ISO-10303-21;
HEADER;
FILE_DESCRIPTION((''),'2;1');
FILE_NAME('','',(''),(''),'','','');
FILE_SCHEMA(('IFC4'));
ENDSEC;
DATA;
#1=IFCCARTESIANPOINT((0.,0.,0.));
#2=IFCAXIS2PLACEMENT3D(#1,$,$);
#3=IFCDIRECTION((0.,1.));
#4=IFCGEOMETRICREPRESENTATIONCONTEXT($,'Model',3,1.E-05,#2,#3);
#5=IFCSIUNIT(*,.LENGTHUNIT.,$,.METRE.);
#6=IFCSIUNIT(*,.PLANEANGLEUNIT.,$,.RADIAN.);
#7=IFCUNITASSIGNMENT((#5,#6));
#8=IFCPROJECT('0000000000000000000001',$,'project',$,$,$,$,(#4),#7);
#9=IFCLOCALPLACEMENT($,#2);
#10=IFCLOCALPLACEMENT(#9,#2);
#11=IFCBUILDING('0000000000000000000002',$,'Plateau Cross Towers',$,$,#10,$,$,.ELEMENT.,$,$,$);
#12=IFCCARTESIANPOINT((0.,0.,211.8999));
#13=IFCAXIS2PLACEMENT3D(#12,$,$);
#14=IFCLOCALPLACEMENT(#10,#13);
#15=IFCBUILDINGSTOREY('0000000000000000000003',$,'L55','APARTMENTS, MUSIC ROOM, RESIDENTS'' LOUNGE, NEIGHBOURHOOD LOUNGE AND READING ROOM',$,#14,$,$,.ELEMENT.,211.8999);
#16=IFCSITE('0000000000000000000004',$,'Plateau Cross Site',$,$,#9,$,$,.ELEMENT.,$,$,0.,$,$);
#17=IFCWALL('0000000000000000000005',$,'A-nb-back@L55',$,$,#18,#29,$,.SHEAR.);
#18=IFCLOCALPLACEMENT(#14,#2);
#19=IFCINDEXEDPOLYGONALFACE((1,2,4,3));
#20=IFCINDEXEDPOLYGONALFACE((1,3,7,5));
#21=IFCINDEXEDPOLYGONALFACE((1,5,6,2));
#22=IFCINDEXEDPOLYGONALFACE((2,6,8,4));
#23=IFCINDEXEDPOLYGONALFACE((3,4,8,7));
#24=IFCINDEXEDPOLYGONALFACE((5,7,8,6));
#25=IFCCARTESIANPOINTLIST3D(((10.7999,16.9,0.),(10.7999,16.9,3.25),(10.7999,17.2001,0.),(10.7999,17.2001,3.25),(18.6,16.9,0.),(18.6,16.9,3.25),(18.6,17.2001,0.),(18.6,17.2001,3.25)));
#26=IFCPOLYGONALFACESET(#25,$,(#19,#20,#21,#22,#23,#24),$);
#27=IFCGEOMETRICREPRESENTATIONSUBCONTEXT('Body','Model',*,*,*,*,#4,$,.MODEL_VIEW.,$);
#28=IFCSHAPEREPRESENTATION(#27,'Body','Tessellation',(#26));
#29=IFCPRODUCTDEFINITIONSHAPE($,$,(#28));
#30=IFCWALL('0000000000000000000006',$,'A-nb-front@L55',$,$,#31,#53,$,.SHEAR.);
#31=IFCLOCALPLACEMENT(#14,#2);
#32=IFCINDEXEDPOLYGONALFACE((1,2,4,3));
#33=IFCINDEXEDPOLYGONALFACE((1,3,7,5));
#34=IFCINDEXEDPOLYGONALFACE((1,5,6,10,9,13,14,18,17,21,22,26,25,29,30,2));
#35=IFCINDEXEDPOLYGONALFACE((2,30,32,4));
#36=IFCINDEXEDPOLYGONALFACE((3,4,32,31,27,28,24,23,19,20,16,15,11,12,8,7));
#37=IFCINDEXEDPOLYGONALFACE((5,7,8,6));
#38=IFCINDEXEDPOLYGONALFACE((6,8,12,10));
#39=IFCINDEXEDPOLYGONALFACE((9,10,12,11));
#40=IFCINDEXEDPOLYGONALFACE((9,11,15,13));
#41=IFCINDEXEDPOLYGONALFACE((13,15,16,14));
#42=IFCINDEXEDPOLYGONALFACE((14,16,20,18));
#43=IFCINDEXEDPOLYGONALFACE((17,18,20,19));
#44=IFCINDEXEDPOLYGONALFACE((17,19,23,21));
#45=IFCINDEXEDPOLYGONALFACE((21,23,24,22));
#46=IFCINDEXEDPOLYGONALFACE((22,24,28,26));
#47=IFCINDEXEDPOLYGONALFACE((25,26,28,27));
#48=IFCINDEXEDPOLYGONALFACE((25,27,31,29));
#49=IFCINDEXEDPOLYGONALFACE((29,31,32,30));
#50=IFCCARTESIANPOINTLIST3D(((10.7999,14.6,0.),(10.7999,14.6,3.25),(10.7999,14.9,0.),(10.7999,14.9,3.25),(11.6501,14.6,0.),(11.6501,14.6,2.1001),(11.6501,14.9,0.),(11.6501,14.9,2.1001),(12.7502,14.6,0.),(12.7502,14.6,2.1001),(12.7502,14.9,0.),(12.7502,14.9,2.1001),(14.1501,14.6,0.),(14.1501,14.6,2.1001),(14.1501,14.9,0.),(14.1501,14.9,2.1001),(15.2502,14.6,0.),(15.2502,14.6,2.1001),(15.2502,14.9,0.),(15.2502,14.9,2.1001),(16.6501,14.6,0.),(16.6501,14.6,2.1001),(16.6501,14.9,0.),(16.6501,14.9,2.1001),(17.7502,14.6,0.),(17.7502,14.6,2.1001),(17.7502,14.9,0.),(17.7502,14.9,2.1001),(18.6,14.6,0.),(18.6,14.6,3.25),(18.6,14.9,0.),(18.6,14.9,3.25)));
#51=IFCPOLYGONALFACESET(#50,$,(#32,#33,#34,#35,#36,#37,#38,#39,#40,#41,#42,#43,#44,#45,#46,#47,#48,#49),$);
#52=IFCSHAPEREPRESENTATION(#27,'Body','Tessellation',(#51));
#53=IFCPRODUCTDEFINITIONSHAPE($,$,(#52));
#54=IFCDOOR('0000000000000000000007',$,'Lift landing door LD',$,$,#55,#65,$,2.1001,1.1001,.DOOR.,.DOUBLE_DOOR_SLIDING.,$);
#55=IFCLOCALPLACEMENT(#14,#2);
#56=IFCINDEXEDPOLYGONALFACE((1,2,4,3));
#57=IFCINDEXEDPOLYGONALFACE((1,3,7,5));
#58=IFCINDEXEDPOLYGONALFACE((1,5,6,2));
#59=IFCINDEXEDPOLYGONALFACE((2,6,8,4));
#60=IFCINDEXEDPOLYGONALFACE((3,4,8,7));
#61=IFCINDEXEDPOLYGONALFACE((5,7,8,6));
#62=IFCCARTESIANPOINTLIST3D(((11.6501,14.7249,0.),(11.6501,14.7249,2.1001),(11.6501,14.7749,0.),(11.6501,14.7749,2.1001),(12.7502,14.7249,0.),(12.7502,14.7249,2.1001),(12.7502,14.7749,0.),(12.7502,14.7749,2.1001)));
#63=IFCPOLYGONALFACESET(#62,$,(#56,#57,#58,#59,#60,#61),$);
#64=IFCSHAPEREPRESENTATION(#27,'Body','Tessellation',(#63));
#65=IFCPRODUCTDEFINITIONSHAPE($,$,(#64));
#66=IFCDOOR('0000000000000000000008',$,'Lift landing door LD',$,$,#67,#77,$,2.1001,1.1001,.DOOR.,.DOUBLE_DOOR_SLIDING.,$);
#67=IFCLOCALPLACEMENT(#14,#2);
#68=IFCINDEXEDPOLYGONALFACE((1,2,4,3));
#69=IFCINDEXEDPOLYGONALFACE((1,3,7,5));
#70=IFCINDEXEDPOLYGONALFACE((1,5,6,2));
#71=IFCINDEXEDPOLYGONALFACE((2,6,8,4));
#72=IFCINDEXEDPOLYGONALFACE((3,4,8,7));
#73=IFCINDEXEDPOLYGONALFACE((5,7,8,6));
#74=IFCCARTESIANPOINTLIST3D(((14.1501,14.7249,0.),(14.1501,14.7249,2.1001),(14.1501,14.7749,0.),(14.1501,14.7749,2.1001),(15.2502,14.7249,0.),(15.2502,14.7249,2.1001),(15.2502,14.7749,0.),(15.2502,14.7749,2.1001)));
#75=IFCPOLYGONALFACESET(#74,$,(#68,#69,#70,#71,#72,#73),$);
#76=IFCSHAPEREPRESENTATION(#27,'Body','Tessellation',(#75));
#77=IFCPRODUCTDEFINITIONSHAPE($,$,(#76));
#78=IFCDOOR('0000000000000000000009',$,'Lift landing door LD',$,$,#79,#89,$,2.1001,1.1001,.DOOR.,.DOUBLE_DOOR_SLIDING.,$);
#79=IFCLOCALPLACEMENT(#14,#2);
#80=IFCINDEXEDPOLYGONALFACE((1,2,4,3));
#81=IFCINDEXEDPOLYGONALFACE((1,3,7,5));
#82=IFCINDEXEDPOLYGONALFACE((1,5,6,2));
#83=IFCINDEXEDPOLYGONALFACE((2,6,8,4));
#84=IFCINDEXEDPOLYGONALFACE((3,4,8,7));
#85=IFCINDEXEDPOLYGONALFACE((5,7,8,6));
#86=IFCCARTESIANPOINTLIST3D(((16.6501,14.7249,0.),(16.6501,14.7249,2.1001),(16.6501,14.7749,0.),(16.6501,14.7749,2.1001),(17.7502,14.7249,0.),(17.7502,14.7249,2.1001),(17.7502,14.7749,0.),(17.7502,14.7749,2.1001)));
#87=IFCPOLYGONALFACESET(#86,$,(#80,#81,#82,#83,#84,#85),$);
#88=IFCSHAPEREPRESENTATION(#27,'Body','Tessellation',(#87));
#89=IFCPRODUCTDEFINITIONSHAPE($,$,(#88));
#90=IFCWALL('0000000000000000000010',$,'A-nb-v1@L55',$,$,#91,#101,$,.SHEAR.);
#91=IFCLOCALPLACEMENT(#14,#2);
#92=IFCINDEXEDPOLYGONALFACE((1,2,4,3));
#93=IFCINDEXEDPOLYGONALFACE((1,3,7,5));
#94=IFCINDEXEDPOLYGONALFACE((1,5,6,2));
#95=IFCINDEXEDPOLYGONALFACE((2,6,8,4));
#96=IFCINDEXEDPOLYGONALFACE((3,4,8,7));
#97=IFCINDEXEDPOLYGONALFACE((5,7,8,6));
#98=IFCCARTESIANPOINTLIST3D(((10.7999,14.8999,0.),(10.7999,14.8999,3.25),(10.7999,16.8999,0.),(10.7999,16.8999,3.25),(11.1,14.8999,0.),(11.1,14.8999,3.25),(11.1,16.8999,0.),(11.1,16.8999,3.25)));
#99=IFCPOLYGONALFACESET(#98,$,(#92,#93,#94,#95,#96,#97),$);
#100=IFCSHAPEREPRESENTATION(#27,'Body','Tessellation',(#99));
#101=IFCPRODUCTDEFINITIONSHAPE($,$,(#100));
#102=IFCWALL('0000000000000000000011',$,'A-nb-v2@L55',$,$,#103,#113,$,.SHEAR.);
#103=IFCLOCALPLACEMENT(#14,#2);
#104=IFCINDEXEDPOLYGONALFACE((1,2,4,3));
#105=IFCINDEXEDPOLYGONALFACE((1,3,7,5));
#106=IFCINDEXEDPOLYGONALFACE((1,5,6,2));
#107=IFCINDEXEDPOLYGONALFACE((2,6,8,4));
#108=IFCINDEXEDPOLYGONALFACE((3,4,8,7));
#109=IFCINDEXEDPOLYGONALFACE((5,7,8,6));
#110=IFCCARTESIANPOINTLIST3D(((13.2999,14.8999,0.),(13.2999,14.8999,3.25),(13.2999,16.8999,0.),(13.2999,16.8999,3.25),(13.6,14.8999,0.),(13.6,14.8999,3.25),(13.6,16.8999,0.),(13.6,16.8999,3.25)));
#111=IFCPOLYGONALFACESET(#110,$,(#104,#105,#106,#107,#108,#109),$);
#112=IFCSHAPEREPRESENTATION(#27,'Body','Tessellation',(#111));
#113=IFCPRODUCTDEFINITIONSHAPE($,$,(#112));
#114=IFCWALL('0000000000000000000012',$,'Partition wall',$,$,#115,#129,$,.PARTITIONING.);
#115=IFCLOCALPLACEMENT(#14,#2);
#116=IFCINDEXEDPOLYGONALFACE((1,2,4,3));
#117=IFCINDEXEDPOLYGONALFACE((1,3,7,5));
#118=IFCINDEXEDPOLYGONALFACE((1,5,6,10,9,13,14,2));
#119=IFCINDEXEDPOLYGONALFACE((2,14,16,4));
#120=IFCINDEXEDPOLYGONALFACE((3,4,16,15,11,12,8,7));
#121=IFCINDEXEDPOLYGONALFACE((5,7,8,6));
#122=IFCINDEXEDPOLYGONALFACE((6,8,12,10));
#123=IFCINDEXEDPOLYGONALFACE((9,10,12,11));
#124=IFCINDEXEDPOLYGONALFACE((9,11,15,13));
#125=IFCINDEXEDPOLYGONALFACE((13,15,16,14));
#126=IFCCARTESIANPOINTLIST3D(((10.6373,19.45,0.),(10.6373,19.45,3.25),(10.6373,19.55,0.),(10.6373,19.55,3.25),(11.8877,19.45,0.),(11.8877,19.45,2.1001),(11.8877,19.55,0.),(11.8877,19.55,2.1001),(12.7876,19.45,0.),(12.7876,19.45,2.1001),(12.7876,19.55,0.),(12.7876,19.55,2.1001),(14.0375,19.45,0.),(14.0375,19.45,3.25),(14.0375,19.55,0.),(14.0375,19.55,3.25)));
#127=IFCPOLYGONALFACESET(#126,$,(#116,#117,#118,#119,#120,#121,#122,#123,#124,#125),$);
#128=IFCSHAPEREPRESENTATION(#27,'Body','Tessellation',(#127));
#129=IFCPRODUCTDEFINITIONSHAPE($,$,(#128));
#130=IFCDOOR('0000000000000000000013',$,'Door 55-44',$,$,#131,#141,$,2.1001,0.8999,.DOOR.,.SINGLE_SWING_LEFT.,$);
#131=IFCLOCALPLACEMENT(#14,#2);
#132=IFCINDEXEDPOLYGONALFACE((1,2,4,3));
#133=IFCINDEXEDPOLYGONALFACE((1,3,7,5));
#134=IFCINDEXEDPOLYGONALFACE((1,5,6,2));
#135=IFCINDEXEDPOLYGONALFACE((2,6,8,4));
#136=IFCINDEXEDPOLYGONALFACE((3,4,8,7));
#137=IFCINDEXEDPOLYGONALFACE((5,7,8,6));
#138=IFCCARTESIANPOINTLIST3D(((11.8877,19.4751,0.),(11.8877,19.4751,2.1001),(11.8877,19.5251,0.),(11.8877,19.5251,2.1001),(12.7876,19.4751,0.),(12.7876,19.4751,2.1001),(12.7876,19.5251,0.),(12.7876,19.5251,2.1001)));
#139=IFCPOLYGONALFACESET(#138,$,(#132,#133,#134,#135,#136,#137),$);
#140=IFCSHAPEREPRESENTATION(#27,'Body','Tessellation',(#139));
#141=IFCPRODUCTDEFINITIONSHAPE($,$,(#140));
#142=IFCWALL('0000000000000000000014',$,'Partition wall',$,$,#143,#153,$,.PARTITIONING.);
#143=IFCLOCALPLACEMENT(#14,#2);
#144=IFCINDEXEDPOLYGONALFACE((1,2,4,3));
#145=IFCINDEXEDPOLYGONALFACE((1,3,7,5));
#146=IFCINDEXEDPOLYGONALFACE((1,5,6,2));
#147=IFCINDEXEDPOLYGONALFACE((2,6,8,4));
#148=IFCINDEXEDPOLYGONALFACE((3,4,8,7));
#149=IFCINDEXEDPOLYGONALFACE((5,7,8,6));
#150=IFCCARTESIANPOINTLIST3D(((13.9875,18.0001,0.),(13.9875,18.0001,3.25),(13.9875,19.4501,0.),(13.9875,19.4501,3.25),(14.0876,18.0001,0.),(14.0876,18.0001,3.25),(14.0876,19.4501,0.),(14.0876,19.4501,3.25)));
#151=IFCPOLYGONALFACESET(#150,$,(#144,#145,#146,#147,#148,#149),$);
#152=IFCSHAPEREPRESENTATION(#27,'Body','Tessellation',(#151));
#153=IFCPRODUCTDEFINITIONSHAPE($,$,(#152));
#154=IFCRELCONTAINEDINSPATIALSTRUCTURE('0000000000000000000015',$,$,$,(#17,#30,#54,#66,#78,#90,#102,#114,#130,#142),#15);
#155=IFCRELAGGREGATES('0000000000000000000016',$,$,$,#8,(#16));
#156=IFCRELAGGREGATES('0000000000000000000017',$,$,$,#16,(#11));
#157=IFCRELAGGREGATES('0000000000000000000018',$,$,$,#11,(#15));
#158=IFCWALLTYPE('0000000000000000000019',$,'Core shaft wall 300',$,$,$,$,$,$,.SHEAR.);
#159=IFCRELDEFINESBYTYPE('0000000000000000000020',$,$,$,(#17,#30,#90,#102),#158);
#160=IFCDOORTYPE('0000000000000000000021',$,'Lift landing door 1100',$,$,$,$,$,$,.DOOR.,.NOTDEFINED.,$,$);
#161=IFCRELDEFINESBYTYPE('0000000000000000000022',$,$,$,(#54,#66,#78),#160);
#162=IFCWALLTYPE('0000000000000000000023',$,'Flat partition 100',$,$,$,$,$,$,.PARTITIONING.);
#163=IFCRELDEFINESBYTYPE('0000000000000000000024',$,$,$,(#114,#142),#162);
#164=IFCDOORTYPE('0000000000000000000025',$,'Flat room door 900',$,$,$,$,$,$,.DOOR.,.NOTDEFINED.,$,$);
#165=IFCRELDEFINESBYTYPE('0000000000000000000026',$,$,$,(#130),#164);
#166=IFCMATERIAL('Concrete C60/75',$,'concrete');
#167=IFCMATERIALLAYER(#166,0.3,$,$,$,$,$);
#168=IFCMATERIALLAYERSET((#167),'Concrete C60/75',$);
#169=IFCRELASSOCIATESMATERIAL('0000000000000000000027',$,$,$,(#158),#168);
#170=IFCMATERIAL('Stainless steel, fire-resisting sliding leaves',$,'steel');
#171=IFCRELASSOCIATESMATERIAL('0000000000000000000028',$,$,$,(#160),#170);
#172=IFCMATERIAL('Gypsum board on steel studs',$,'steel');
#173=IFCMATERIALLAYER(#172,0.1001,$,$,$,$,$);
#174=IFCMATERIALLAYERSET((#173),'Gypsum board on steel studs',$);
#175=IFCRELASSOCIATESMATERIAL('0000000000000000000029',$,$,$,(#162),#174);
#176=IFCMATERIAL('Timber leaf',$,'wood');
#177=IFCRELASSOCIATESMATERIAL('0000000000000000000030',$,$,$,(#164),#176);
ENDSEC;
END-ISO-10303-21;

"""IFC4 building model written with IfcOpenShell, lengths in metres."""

from ifc_helpers import new_model, si_unit, direction, frame, frame_2d, origin, place, context, subcontext, project, spatial, rectangle, extrude, material, layer, layer_set, type_object, element, fill, save


model = new_model("IFC4")

# Units and contexts
model_context = context("Model", 3, precision=1e-05, world=origin(), true_north=direction((0.0, 1.0)))
body_context = subcontext(model_context, "Body", "Model", "MODEL_VIEW")
ifc_project = project(units=[si_unit("LENGTHUNIT", "METRE"), si_unit("PLANEANGLEUNIT", "RADIAN")], contexts=[model_context])

# Site, building, storey
site_placement = place(None, origin())
site = spatial("IfcSite", under=ifc_project, at=site_placement, Name="Plateau Cross Site", CompositionType="ELEMENT", RefElevation=0.0)
building_placement = place(site_placement, origin())
building = spatial("IfcBuilding", under=site, at=building_placement, Name="Plateau Cross Towers", CompositionType="ELEMENT")
storey_placement = place(building_placement, frame((0.0, 0.0, 211.8999)))
storey = spatial("IfcBuildingStorey", under=building, at=storey_placement, Name="L55", Description="APARTMENTS, MUSIC ROOM, RESIDENTS' LOUNGE, NEIGHBOURHOOD LOUNGE AND READING ROOM", CompositionType="ELEMENT", Elevation=211.8999)

# Wall
ifc_material_1 = material(Name="Concrete C60/75", Category="concrete")
ifc_layer_1 = layer(ifc_material_1, 0.3)
ifc_layer_set_1 = layer_set([ifc_layer_1], Name="Concrete C60/75")
wall_type_1 = type_object("IfcWallType", Name="Core shaft wall 300", PredefinedType="SHEAR", material=ifc_layer_set_1)
wall_1_placement = place(storey_placement, frame((10.8, 17.05, 0.0), z_axis=(0.0, 0.0, 1.0), x_axis=(1.0, 0.0, 0.0)))
element("IfcWall", 1, at=wall_1_placement, inside=storey, type_object=wall_type_1, Name="A-nb-back@L55", PredefinedType="SHEAR", context=body_context, shape_type="SweptSolid", body=[
    extrude(rectangle(XDim=7.8, YDim=0.3, at=frame_2d((3.8999, 0.0))), origin(), (0.0, 0.0, 1.0), 3.25),
])

# Wall, openings, doors
wall_2_placement = place(storey_placement, frame((10.8, 14.75, 0.0), z_axis=(0.0, 0.0, 1.0), x_axis=(1.0, 0.0, 0.0)))
wall_2 = element("IfcWall", 2, at=wall_2_placement, inside=storey, type_object=wall_type_1, Name="A-nb-front@L55", PredefinedType="SHEAR", context=body_context, shape_type="SweptSolid", body=[
    extrude(rectangle(XDim=7.8, YDim=0.3, at=frame_2d((3.8999, 0.0))), origin(), (0.0, 0.0, 1.0), 3.25),
])
opening_1_placement = place(wall_2_placement, frame((0.8501, 0.0, 0.0)))
opening_1 = element("IfcOpeningElement", 3, at=opening_1_placement, cuts=wall_2, PredefinedType="OPENING", context=body_context, shape_type="SweptSolid", body=[
    extrude(rectangle(XDim=1.1001, YDim=2.1001, at=frame_2d((0.55, 1.05))), frame((0.0, 0.1599, 0.0), z_axis=(0.0, -1.0, 0.0), x_axis=(1.0, 0.0, 0.0)), (0.0, 0.0, 1.0), 0.3201),
])
opening_2_placement = place(wall_2_placement, frame((3.3501, 0.0, 0.0)))
opening_2 = element("IfcOpeningElement", 4, at=opening_2_placement, cuts=wall_2, PredefinedType="OPENING", context=body_context, shape_type="SweptSolid", body=[
    extrude(rectangle(XDim=1.1001, YDim=2.1001, at=frame_2d((0.55, 1.05))), frame((0.0, 0.1599, 0.0), z_axis=(0.0, -1.0, 0.0), x_axis=(1.0, 0.0, 0.0)), (0.0, 0.0, 1.0), 0.3201),
])
opening_3_placement = place(wall_2_placement, frame((5.8501, 0.0, 0.0)))
opening_3 = element("IfcOpeningElement", 5, at=opening_3_placement, cuts=wall_2, PredefinedType="OPENING", context=body_context, shape_type="SweptSolid", body=[
    extrude(rectangle(XDim=1.1001, YDim=2.1001, at=frame_2d((0.55, 1.05))), frame((0.0, 0.1599, 0.0), z_axis=(0.0, -1.0, 0.0), x_axis=(1.0, 0.0, 0.0)), (0.0, 0.0, 1.0), 0.3201),
])
ifc_material_2 = material(Name="Stainless steel, fire-resisting sliding leaves", Category="steel")
door_type_1 = type_object("IfcDoorType", Name="Lift landing door 1100", OperationType="NOTDEFINED", PredefinedType="DOOR", material=ifc_material_2)
door_1_placement = place(opening_1_placement, origin())
door_1 = element("IfcDoor", 6, at=door_1_placement, inside=storey, type_object=door_type_1, Name="Lift landing door LD", OperationType="DOUBLE_DOOR_SLIDING", OverallHeight=2.1001, OverallWidth=1.1001, PredefinedType="DOOR", context=body_context, shape_type="SweptSolid", body=[
    extrude(rectangle(XDim=1.1001, YDim=2.1001, at=frame_2d((0.55, 1.05))), frame((0.0, 0.0249, 0.0), z_axis=(0.0, -1.0, 0.0), x_axis=(1.0, 0.0, 0.0)), (0.0, 0.0, 1.0), 0.05),
])
fill(opening_1, door_1)
door_2_placement = place(opening_2_placement, origin())
door_2 = element("IfcDoor", 7, at=door_2_placement, inside=storey, type_object=door_type_1, Name="Lift landing door LD", OperationType="DOUBLE_DOOR_SLIDING", OverallHeight=2.1001, OverallWidth=1.1001, PredefinedType="DOOR", context=body_context, shape_type="SweptSolid", body=[
    extrude(rectangle(XDim=1.1001, YDim=2.1001, at=frame_2d((0.55, 1.05))), frame((0.0, 0.0249, 0.0), z_axis=(0.0, -1.0, 0.0), x_axis=(1.0, 0.0, 0.0)), (0.0, 0.0, 1.0), 0.05),
])
fill(opening_2, door_2)
door_3_placement = place(opening_3_placement, origin())
door_3 = element("IfcDoor", 8, at=door_3_placement, inside=storey, type_object=door_type_1, Name="Lift landing door LD", OperationType="DOUBLE_DOOR_SLIDING", OverallHeight=2.1001, OverallWidth=1.1001, PredefinedType="DOOR", context=body_context, shape_type="SweptSolid", body=[
    extrude(rectangle(XDim=1.1001, YDim=2.1001, at=frame_2d((0.55, 1.05))), frame((0.0, 0.0249, 0.0), z_axis=(0.0, -1.0, 0.0), x_axis=(1.0, 0.0, 0.0)), (0.0, 0.0, 1.0), 0.05),
])
fill(opening_3, door_3)

# Walls
for number, where, z_axis, x_axis, name in (
    (9, (10.95, 14.8999, 0.0), (0.0, 0.0, 1.0), (0.0, 1.0, 0.0), "A-nb-v1@L55"),
    (10, (13.45, 14.8999, 0.0), (0.0, 0.0, 1.0), (0.0, 1.0, 0.0), "A-nb-v2@L55"),
):
    element("IfcWall", number, at=place(storey_placement, frame(where, z_axis=z_axis, x_axis=x_axis)), inside=storey, type_object=wall_type_1, Name=name, PredefinedType="SHEAR", context=body_context, shape_type="SweptSolid", body=[
        extrude(rectangle(XDim=2.0, YDim=0.3, at=frame_2d((1.0, 0.0))), origin(), (0.0, 0.0, 1.0), 3.25),
    ])

# Wall, opening, door
ifc_material_3 = material(Name="Gypsum board on steel studs", Category="steel")
ifc_layer_2 = layer(ifc_material_3, 0.1001)
ifc_layer_set_2 = layer_set([ifc_layer_2], Name="Gypsum board on steel studs")
wall_type_2 = type_object("IfcWallType", Name="Flat partition 100", PredefinedType="PARTITIONING", material=ifc_layer_set_2)
wall_3_placement = place(storey_placement, frame((14.0376, 19.5, 0.0), z_axis=(0.0, 0.0, 1.0), x_axis=(-1.0, 0.0, 0.0)))
wall_3 = element("IfcWall", 11, at=wall_3_placement, inside=storey, type_object=wall_type_2, Name="Partition wall", PredefinedType="PARTITIONING", context=body_context, shape_type="SweptSolid", body=[
    extrude(rectangle(XDim=3.4001, YDim=0.1001, at=frame_2d((1.7002, 0.0))), origin(), (0.0, 0.0, 1.0), 3.25),
])
opening_4_placement = place(wall_3_placement, frame((1.25, 0.0, 0.0)))
opening_4 = element("IfcOpeningElement", 12, at=opening_4_placement, cuts=wall_3, PredefinedType="OPENING", context=body_context, shape_type="SweptSolid", body=[
    extrude(rectangle(XDim=0.8999, YDim=2.1001, at=frame_2d((0.45, 1.05))), frame((0.0, 0.0601, 0.0), z_axis=(0.0, -1.0, 0.0), x_axis=(1.0, 0.0, 0.0)), (0.0, 0.0, 1.0), 0.1201),
])
ifc_material_4 = material(Name="Timber leaf", Category="wood")
door_type_2 = type_object("IfcDoorType", Name="Flat room door 900", OperationType="NOTDEFINED", PredefinedType="DOOR", material=ifc_material_4)
door_4_placement = place(opening_4_placement, origin())
door_4 = element("IfcDoor", 13, at=door_4_placement, inside=storey, type_object=door_type_2, Name="Door 55-44", OperationType="SINGLE_SWING_LEFT", OverallHeight=2.1001, OverallWidth=0.8999, PredefinedType="DOOR", context=body_context, shape_type="SweptSolid", body=[
    extrude(rectangle(XDim=0.8999, YDim=2.1001, at=frame_2d((0.45, 1.05))), frame((0.0, 0.0249, 0.0), z_axis=(0.0, -1.0, 0.0), x_axis=(1.0, 0.0, 0.0)), (0.0, 0.0, 1.0), 0.05),
])
fill(opening_4, door_4)

# Wall
wall_4_placement = place(storey_placement, frame((14.0376, 18.0, 0.0), z_axis=(0.0, 0.0, 1.0), x_axis=(0.0, 1.0, 0.0)))
element("IfcWall", 14, at=wall_4_placement, inside=storey, type_object=wall_type_2, Name="Partition wall", PredefinedType="PARTITIONING", context=body_context, shape_type="SweptSolid", body=[
    extrude(rectangle(XDim=1.45, YDim=0.1001, at=frame_2d((0.7251, 0.0))), origin(), (0.0, 0.0, 1.0), 3.25),
])

save(model, "model.ifc")
